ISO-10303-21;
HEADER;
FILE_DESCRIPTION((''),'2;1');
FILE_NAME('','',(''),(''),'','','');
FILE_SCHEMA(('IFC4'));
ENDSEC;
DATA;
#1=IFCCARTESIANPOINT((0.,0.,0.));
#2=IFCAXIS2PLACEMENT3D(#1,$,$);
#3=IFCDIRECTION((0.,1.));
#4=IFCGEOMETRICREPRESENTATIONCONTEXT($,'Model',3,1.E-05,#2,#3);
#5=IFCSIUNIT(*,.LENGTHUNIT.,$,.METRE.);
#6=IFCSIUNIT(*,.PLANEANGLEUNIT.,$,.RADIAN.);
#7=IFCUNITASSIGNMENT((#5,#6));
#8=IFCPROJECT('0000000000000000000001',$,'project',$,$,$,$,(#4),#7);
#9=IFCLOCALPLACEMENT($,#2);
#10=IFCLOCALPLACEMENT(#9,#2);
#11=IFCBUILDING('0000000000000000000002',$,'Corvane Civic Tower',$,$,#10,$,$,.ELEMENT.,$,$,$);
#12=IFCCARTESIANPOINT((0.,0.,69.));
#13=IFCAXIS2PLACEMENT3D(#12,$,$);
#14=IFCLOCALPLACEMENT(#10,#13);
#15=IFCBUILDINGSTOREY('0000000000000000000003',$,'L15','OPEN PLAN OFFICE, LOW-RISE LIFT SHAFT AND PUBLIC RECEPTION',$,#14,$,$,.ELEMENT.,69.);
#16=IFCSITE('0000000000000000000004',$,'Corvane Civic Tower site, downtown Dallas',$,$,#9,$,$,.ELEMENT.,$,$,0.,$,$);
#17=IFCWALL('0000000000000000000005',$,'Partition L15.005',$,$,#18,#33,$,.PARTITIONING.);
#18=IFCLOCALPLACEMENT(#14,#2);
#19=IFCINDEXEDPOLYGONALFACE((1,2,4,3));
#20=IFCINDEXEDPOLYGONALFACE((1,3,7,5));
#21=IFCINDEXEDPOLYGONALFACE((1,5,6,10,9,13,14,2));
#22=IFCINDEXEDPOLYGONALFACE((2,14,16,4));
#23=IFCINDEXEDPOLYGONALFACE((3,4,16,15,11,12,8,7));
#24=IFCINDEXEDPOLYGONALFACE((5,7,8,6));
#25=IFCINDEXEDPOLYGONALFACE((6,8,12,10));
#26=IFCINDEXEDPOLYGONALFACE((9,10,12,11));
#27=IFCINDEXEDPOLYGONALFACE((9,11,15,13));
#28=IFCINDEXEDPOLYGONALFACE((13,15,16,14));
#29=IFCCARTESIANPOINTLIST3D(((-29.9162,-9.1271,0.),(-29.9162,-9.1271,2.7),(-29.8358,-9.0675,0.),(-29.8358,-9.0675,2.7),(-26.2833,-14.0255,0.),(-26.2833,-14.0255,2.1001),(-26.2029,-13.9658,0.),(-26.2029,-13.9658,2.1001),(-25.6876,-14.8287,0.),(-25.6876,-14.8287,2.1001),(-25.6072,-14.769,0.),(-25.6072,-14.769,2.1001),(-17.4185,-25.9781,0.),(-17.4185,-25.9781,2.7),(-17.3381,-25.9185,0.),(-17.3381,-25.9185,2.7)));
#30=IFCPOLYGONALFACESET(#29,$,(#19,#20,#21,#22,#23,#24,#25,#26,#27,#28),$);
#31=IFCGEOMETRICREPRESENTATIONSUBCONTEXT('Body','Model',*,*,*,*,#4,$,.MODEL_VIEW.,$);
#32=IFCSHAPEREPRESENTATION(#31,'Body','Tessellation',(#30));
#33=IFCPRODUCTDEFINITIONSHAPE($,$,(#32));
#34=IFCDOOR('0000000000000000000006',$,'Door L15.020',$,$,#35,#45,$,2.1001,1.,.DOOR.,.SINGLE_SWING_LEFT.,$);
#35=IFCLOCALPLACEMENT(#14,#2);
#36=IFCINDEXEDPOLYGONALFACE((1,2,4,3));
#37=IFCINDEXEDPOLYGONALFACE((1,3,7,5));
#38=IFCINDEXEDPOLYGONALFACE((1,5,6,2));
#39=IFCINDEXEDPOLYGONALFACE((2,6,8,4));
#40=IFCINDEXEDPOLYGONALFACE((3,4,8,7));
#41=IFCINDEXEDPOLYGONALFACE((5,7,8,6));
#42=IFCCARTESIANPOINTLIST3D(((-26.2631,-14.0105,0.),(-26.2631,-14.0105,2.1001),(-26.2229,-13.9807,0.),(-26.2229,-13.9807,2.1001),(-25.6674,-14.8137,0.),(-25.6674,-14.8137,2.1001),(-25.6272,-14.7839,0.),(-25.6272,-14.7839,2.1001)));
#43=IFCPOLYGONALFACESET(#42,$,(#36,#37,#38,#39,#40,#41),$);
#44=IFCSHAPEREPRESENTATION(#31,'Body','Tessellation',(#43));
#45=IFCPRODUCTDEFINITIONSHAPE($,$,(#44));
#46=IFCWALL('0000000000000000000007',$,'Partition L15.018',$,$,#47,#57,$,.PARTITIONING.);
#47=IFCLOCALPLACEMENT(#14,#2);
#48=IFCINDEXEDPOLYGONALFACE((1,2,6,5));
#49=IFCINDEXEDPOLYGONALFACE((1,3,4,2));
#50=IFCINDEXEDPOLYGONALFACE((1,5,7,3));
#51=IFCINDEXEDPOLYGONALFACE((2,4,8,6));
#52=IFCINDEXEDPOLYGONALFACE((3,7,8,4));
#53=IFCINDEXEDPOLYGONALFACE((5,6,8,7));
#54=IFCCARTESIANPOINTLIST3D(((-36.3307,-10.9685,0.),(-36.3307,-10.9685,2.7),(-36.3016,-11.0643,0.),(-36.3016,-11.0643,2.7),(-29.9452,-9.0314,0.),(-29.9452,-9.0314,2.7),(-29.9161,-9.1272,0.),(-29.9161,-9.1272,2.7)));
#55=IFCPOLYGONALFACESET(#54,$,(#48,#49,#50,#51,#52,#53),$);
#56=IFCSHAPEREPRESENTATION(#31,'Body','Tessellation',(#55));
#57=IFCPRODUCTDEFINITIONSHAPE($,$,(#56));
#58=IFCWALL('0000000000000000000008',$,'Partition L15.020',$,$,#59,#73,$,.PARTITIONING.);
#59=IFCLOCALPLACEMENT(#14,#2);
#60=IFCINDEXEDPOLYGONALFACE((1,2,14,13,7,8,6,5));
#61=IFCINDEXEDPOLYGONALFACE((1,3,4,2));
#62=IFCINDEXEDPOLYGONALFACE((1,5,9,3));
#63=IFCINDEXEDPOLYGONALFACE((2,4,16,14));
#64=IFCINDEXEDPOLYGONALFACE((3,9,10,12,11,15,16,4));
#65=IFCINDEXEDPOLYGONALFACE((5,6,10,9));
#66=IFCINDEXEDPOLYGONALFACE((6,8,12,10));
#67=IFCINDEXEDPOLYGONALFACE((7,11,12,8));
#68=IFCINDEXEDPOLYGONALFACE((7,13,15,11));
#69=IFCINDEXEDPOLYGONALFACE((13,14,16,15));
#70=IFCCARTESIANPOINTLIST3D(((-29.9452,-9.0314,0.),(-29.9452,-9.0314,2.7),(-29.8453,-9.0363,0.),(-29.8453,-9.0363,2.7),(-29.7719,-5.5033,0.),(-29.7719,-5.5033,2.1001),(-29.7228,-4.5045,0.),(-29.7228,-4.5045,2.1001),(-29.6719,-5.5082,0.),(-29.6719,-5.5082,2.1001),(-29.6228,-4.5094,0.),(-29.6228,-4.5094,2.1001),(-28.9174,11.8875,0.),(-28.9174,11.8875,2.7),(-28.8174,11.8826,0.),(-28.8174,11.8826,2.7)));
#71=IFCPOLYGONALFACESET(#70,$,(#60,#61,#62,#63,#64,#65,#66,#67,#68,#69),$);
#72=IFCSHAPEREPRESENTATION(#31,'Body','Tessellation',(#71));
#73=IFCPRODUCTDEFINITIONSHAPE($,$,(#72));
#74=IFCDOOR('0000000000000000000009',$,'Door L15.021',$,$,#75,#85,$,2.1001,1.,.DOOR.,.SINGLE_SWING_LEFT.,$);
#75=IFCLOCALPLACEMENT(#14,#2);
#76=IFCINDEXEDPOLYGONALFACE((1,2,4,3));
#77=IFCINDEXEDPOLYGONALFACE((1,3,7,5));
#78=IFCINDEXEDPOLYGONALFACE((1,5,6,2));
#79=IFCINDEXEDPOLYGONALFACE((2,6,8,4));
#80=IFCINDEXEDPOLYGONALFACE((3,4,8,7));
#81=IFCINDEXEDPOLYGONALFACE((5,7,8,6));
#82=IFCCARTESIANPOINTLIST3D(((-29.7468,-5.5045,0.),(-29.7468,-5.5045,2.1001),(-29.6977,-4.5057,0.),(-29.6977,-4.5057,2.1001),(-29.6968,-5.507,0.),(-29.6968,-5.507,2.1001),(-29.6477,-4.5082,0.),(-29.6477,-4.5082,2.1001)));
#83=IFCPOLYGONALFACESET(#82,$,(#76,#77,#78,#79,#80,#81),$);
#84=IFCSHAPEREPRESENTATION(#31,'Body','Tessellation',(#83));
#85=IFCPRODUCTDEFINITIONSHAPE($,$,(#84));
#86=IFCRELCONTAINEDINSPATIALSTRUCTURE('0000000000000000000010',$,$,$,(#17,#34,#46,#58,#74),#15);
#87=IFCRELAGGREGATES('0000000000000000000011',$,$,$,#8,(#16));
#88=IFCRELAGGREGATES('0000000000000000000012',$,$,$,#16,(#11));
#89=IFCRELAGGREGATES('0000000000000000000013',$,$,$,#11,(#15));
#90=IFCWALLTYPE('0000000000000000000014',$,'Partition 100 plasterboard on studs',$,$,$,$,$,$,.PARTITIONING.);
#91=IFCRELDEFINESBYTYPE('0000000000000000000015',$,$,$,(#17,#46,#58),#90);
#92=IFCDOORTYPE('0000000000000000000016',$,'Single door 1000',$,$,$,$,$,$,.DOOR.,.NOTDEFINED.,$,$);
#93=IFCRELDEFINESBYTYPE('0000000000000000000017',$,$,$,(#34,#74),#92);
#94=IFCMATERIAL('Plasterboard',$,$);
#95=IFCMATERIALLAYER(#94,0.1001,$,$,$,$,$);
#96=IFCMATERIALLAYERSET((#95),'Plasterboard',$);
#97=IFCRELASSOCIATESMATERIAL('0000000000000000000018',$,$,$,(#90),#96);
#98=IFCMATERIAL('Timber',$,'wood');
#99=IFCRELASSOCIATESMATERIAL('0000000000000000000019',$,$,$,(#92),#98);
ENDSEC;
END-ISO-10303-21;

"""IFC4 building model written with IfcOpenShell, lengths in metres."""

from ifc_helpers import new_model, si_unit, direction, frame, frame_2d, origin, place, context, subcontext, project, spatial, rectangle, extrude, material, layer, layer_set, type_object, element, fill, save


model = new_model("IFC4")

# Units and contexts
model_context = context("Model", 3, precision=1e-05, world=origin(), true_north=direction((0.0, 1.0)))
body_context = subcontext(model_context, "Body", "Model", "MODEL_VIEW")
ifc_project = project(units=[si_unit("LENGTHUNIT", "METRE"), si_unit("PLANEANGLEUNIT", "RADIAN")], contexts=[model_context])

# Site, building, storey
site_placement = place(None, origin())
site = spatial("IfcSite", under=ifc_project, at=site_placement, Name="Corvane Civic Tower site, downtown Dallas", CompositionType="ELEMENT", RefElevation=0.0)
building_placement = place(site_placement, origin())
building = spatial("IfcBuilding", under=site, at=building_placement, Name="Corvane Civic Tower", CompositionType="ELEMENT")
storey_placement = place(building_placement, frame((0.0, 0.0, 69.0)))
storey = spatial("IfcBuildingStorey", under=building, at=storey_placement, Name="L15", Description="OPEN PLAN OFFICE, LOW-RISE LIFT SHAFT AND PUBLIC RECEPTION", CompositionType="ELEMENT", Elevation=69.0)

# Wall, opening, door
ifc_material_1 = material(Name="Plasterboard")
ifc_layer_1 = layer(ifc_material_1, 0.1001)
ifc_layer_set_1 = layer_set([ifc_layer_1], Name="Plasterboard")
wall_type_1 = type_object("IfcWallType", Name="Partition 100 plasterboard on studs", PredefinedType="PARTITIONING", material=ifc_layer_set_1)
wall_1_placement = place(storey_placement, frame((-29.876, -9.0974, 0.0), z_axis=(0.0, 0.0, 1.0), x_axis=(0.595705, -0.803203, 0.0)))
wall_1 = element("IfcWall", 1, at=wall_1_placement, inside=storey, type_object=wall_type_1, Name="Partition L15.005", PredefinedType="PARTITIONING", context=body_context, shape_type="SweptSolid", body=[
    extrude(rectangle(XDim=20.9797, YDim=0.1001, at=frame_2d((10.4897, 0.0))), origin(), (0.0, 0.0, 1.0), 2.7),
])
opening_1_placement = place(wall_1_placement, frame((6.0984, 0.0, 0.0)))
opening_1 = element("IfcOpeningElement", 2, at=opening_1_placement, cuts=wall_1, PredefinedType="OPENING", context=body_context, shape_type="SweptSolid", body=[
    extrude(rectangle(XDim=1.0, YDim=2.1001, at=frame_2d((0.5, 1.05))), frame((0.0, 0.0601, 0.0), z_axis=(0.0, -1.0, 0.0), x_axis=(1.0, 0.0, 0.0)), (0.0, 0.0, 1.0), 0.1201),
])
ifc_material_2 = material(Name="Timber", Category="wood")
door_type = type_object("IfcDoorType", Name="Single door 1000", OperationType="NOTDEFINED", PredefinedType="DOOR", material=ifc_material_2)
door_1_placement = place(opening_1_placement, frame((1.0, 0.0, 0.0), z_axis=(0.0, 0.0, 1.0), x_axis=(-1.0, 0.0, 0.0)))
door_1 = element("IfcDoor", 3, at=door_1_placement, inside=storey, type_object=door_type, Name="Door L15.020", OperationType="SINGLE_SWING_LEFT", OverallHeight=2.1001, OverallWidth=1.0, PredefinedType="DOOR", context=body_context, shape_type="SweptSolid", body=[
    extrude(rectangle(XDim=1.0, YDim=2.1001, at=frame_2d((0.5, 1.05))), frame((0.0, 0.0249, 0.0), z_axis=(0.0, -1.0, 0.0), x_axis=(1.0, 0.0, 0.0)), (0.0, 0.0, 1.0), 0.05),
])
fill(opening_1, door_1)

# Wall
wall_2_placement = place(storey_placement, frame((-36.3162, -11.0164, 0.0), z_axis=(0.0, 0.0, 1.0), x_axis=(0.956941, 0.290284, 0.0)))
element("IfcWall", 4, at=wall_2_placement, inside=storey, type_object=wall_type_1, Name="Partition L15.018", PredefinedType="PARTITIONING", context=body_context, shape_type="SweptSolid", body=[
    extrude(rectangle(XDim=6.6729, YDim=0.1001, at=frame_2d((3.3364, 0.0))), origin(), (0.0, 0.0, 1.0), 2.7),
])

# Wall, opening, door
wall_3_placement = place(storey_placement, frame((-29.8953, -9.0339, 0.0), z_axis=(0.0, 0.0, 1.0), x_axis=(0.049075, 0.998795, 0.0)))
wall_3 = element("IfcWall", 5, at=wall_3_placement, inside=storey, type_object=wall_type_1, Name="Partition L15.020", PredefinedType="PARTITIONING", context=body_context, shape_type="SweptSolid", body=[
    extrude(rectangle(XDim=20.9441, YDim=0.1001, at=frame_2d((10.4722, 0.0))), origin(), (0.0, 0.0, 1.0), 2.7),
])
opening_2_placement = place(wall_3_placement, frame((3.5325, 0.0, 0.0)))
opening_2 = element("IfcOpeningElement", 6, at=opening_2_placement, cuts=wall_3, PredefinedType="OPENING", context=body_context, shape_type="SweptSolid", body=[
    extrude(rectangle(XDim=1.0, YDim=2.1001, at=frame_2d((0.5, 1.05))), frame((0.0, 0.0601, 0.0), z_axis=(0.0, -1.0, 0.0), x_axis=(1.0, 0.0, 0.0)), (0.0, 0.0, 1.0), 0.1201),
])
door_2_placement = place(opening_2_placement, origin())
door_2 = element("IfcDoor", 7, at=door_2_placement, inside=storey, type_object=door_type, Name="Door L15.021", OperationType="SINGLE_SWING_LEFT", OverallHeight=2.1001, OverallWidth=1.0, PredefinedType="DOOR", context=body_context, shape_type="SweptSolid", body=[
    extrude(rectangle(XDim=1.0, YDim=2.1001, at=frame_2d((0.5, 1.05))), frame((0.0, 0.0249, 0.0), z_axis=(0.0, -1.0, 0.0), x_axis=(1.0, 0.0, 0.0)), (0.0, 0.0, 1.0), 0.05),
])
fill(opening_2, door_2)

save(model, "model.ifc")
